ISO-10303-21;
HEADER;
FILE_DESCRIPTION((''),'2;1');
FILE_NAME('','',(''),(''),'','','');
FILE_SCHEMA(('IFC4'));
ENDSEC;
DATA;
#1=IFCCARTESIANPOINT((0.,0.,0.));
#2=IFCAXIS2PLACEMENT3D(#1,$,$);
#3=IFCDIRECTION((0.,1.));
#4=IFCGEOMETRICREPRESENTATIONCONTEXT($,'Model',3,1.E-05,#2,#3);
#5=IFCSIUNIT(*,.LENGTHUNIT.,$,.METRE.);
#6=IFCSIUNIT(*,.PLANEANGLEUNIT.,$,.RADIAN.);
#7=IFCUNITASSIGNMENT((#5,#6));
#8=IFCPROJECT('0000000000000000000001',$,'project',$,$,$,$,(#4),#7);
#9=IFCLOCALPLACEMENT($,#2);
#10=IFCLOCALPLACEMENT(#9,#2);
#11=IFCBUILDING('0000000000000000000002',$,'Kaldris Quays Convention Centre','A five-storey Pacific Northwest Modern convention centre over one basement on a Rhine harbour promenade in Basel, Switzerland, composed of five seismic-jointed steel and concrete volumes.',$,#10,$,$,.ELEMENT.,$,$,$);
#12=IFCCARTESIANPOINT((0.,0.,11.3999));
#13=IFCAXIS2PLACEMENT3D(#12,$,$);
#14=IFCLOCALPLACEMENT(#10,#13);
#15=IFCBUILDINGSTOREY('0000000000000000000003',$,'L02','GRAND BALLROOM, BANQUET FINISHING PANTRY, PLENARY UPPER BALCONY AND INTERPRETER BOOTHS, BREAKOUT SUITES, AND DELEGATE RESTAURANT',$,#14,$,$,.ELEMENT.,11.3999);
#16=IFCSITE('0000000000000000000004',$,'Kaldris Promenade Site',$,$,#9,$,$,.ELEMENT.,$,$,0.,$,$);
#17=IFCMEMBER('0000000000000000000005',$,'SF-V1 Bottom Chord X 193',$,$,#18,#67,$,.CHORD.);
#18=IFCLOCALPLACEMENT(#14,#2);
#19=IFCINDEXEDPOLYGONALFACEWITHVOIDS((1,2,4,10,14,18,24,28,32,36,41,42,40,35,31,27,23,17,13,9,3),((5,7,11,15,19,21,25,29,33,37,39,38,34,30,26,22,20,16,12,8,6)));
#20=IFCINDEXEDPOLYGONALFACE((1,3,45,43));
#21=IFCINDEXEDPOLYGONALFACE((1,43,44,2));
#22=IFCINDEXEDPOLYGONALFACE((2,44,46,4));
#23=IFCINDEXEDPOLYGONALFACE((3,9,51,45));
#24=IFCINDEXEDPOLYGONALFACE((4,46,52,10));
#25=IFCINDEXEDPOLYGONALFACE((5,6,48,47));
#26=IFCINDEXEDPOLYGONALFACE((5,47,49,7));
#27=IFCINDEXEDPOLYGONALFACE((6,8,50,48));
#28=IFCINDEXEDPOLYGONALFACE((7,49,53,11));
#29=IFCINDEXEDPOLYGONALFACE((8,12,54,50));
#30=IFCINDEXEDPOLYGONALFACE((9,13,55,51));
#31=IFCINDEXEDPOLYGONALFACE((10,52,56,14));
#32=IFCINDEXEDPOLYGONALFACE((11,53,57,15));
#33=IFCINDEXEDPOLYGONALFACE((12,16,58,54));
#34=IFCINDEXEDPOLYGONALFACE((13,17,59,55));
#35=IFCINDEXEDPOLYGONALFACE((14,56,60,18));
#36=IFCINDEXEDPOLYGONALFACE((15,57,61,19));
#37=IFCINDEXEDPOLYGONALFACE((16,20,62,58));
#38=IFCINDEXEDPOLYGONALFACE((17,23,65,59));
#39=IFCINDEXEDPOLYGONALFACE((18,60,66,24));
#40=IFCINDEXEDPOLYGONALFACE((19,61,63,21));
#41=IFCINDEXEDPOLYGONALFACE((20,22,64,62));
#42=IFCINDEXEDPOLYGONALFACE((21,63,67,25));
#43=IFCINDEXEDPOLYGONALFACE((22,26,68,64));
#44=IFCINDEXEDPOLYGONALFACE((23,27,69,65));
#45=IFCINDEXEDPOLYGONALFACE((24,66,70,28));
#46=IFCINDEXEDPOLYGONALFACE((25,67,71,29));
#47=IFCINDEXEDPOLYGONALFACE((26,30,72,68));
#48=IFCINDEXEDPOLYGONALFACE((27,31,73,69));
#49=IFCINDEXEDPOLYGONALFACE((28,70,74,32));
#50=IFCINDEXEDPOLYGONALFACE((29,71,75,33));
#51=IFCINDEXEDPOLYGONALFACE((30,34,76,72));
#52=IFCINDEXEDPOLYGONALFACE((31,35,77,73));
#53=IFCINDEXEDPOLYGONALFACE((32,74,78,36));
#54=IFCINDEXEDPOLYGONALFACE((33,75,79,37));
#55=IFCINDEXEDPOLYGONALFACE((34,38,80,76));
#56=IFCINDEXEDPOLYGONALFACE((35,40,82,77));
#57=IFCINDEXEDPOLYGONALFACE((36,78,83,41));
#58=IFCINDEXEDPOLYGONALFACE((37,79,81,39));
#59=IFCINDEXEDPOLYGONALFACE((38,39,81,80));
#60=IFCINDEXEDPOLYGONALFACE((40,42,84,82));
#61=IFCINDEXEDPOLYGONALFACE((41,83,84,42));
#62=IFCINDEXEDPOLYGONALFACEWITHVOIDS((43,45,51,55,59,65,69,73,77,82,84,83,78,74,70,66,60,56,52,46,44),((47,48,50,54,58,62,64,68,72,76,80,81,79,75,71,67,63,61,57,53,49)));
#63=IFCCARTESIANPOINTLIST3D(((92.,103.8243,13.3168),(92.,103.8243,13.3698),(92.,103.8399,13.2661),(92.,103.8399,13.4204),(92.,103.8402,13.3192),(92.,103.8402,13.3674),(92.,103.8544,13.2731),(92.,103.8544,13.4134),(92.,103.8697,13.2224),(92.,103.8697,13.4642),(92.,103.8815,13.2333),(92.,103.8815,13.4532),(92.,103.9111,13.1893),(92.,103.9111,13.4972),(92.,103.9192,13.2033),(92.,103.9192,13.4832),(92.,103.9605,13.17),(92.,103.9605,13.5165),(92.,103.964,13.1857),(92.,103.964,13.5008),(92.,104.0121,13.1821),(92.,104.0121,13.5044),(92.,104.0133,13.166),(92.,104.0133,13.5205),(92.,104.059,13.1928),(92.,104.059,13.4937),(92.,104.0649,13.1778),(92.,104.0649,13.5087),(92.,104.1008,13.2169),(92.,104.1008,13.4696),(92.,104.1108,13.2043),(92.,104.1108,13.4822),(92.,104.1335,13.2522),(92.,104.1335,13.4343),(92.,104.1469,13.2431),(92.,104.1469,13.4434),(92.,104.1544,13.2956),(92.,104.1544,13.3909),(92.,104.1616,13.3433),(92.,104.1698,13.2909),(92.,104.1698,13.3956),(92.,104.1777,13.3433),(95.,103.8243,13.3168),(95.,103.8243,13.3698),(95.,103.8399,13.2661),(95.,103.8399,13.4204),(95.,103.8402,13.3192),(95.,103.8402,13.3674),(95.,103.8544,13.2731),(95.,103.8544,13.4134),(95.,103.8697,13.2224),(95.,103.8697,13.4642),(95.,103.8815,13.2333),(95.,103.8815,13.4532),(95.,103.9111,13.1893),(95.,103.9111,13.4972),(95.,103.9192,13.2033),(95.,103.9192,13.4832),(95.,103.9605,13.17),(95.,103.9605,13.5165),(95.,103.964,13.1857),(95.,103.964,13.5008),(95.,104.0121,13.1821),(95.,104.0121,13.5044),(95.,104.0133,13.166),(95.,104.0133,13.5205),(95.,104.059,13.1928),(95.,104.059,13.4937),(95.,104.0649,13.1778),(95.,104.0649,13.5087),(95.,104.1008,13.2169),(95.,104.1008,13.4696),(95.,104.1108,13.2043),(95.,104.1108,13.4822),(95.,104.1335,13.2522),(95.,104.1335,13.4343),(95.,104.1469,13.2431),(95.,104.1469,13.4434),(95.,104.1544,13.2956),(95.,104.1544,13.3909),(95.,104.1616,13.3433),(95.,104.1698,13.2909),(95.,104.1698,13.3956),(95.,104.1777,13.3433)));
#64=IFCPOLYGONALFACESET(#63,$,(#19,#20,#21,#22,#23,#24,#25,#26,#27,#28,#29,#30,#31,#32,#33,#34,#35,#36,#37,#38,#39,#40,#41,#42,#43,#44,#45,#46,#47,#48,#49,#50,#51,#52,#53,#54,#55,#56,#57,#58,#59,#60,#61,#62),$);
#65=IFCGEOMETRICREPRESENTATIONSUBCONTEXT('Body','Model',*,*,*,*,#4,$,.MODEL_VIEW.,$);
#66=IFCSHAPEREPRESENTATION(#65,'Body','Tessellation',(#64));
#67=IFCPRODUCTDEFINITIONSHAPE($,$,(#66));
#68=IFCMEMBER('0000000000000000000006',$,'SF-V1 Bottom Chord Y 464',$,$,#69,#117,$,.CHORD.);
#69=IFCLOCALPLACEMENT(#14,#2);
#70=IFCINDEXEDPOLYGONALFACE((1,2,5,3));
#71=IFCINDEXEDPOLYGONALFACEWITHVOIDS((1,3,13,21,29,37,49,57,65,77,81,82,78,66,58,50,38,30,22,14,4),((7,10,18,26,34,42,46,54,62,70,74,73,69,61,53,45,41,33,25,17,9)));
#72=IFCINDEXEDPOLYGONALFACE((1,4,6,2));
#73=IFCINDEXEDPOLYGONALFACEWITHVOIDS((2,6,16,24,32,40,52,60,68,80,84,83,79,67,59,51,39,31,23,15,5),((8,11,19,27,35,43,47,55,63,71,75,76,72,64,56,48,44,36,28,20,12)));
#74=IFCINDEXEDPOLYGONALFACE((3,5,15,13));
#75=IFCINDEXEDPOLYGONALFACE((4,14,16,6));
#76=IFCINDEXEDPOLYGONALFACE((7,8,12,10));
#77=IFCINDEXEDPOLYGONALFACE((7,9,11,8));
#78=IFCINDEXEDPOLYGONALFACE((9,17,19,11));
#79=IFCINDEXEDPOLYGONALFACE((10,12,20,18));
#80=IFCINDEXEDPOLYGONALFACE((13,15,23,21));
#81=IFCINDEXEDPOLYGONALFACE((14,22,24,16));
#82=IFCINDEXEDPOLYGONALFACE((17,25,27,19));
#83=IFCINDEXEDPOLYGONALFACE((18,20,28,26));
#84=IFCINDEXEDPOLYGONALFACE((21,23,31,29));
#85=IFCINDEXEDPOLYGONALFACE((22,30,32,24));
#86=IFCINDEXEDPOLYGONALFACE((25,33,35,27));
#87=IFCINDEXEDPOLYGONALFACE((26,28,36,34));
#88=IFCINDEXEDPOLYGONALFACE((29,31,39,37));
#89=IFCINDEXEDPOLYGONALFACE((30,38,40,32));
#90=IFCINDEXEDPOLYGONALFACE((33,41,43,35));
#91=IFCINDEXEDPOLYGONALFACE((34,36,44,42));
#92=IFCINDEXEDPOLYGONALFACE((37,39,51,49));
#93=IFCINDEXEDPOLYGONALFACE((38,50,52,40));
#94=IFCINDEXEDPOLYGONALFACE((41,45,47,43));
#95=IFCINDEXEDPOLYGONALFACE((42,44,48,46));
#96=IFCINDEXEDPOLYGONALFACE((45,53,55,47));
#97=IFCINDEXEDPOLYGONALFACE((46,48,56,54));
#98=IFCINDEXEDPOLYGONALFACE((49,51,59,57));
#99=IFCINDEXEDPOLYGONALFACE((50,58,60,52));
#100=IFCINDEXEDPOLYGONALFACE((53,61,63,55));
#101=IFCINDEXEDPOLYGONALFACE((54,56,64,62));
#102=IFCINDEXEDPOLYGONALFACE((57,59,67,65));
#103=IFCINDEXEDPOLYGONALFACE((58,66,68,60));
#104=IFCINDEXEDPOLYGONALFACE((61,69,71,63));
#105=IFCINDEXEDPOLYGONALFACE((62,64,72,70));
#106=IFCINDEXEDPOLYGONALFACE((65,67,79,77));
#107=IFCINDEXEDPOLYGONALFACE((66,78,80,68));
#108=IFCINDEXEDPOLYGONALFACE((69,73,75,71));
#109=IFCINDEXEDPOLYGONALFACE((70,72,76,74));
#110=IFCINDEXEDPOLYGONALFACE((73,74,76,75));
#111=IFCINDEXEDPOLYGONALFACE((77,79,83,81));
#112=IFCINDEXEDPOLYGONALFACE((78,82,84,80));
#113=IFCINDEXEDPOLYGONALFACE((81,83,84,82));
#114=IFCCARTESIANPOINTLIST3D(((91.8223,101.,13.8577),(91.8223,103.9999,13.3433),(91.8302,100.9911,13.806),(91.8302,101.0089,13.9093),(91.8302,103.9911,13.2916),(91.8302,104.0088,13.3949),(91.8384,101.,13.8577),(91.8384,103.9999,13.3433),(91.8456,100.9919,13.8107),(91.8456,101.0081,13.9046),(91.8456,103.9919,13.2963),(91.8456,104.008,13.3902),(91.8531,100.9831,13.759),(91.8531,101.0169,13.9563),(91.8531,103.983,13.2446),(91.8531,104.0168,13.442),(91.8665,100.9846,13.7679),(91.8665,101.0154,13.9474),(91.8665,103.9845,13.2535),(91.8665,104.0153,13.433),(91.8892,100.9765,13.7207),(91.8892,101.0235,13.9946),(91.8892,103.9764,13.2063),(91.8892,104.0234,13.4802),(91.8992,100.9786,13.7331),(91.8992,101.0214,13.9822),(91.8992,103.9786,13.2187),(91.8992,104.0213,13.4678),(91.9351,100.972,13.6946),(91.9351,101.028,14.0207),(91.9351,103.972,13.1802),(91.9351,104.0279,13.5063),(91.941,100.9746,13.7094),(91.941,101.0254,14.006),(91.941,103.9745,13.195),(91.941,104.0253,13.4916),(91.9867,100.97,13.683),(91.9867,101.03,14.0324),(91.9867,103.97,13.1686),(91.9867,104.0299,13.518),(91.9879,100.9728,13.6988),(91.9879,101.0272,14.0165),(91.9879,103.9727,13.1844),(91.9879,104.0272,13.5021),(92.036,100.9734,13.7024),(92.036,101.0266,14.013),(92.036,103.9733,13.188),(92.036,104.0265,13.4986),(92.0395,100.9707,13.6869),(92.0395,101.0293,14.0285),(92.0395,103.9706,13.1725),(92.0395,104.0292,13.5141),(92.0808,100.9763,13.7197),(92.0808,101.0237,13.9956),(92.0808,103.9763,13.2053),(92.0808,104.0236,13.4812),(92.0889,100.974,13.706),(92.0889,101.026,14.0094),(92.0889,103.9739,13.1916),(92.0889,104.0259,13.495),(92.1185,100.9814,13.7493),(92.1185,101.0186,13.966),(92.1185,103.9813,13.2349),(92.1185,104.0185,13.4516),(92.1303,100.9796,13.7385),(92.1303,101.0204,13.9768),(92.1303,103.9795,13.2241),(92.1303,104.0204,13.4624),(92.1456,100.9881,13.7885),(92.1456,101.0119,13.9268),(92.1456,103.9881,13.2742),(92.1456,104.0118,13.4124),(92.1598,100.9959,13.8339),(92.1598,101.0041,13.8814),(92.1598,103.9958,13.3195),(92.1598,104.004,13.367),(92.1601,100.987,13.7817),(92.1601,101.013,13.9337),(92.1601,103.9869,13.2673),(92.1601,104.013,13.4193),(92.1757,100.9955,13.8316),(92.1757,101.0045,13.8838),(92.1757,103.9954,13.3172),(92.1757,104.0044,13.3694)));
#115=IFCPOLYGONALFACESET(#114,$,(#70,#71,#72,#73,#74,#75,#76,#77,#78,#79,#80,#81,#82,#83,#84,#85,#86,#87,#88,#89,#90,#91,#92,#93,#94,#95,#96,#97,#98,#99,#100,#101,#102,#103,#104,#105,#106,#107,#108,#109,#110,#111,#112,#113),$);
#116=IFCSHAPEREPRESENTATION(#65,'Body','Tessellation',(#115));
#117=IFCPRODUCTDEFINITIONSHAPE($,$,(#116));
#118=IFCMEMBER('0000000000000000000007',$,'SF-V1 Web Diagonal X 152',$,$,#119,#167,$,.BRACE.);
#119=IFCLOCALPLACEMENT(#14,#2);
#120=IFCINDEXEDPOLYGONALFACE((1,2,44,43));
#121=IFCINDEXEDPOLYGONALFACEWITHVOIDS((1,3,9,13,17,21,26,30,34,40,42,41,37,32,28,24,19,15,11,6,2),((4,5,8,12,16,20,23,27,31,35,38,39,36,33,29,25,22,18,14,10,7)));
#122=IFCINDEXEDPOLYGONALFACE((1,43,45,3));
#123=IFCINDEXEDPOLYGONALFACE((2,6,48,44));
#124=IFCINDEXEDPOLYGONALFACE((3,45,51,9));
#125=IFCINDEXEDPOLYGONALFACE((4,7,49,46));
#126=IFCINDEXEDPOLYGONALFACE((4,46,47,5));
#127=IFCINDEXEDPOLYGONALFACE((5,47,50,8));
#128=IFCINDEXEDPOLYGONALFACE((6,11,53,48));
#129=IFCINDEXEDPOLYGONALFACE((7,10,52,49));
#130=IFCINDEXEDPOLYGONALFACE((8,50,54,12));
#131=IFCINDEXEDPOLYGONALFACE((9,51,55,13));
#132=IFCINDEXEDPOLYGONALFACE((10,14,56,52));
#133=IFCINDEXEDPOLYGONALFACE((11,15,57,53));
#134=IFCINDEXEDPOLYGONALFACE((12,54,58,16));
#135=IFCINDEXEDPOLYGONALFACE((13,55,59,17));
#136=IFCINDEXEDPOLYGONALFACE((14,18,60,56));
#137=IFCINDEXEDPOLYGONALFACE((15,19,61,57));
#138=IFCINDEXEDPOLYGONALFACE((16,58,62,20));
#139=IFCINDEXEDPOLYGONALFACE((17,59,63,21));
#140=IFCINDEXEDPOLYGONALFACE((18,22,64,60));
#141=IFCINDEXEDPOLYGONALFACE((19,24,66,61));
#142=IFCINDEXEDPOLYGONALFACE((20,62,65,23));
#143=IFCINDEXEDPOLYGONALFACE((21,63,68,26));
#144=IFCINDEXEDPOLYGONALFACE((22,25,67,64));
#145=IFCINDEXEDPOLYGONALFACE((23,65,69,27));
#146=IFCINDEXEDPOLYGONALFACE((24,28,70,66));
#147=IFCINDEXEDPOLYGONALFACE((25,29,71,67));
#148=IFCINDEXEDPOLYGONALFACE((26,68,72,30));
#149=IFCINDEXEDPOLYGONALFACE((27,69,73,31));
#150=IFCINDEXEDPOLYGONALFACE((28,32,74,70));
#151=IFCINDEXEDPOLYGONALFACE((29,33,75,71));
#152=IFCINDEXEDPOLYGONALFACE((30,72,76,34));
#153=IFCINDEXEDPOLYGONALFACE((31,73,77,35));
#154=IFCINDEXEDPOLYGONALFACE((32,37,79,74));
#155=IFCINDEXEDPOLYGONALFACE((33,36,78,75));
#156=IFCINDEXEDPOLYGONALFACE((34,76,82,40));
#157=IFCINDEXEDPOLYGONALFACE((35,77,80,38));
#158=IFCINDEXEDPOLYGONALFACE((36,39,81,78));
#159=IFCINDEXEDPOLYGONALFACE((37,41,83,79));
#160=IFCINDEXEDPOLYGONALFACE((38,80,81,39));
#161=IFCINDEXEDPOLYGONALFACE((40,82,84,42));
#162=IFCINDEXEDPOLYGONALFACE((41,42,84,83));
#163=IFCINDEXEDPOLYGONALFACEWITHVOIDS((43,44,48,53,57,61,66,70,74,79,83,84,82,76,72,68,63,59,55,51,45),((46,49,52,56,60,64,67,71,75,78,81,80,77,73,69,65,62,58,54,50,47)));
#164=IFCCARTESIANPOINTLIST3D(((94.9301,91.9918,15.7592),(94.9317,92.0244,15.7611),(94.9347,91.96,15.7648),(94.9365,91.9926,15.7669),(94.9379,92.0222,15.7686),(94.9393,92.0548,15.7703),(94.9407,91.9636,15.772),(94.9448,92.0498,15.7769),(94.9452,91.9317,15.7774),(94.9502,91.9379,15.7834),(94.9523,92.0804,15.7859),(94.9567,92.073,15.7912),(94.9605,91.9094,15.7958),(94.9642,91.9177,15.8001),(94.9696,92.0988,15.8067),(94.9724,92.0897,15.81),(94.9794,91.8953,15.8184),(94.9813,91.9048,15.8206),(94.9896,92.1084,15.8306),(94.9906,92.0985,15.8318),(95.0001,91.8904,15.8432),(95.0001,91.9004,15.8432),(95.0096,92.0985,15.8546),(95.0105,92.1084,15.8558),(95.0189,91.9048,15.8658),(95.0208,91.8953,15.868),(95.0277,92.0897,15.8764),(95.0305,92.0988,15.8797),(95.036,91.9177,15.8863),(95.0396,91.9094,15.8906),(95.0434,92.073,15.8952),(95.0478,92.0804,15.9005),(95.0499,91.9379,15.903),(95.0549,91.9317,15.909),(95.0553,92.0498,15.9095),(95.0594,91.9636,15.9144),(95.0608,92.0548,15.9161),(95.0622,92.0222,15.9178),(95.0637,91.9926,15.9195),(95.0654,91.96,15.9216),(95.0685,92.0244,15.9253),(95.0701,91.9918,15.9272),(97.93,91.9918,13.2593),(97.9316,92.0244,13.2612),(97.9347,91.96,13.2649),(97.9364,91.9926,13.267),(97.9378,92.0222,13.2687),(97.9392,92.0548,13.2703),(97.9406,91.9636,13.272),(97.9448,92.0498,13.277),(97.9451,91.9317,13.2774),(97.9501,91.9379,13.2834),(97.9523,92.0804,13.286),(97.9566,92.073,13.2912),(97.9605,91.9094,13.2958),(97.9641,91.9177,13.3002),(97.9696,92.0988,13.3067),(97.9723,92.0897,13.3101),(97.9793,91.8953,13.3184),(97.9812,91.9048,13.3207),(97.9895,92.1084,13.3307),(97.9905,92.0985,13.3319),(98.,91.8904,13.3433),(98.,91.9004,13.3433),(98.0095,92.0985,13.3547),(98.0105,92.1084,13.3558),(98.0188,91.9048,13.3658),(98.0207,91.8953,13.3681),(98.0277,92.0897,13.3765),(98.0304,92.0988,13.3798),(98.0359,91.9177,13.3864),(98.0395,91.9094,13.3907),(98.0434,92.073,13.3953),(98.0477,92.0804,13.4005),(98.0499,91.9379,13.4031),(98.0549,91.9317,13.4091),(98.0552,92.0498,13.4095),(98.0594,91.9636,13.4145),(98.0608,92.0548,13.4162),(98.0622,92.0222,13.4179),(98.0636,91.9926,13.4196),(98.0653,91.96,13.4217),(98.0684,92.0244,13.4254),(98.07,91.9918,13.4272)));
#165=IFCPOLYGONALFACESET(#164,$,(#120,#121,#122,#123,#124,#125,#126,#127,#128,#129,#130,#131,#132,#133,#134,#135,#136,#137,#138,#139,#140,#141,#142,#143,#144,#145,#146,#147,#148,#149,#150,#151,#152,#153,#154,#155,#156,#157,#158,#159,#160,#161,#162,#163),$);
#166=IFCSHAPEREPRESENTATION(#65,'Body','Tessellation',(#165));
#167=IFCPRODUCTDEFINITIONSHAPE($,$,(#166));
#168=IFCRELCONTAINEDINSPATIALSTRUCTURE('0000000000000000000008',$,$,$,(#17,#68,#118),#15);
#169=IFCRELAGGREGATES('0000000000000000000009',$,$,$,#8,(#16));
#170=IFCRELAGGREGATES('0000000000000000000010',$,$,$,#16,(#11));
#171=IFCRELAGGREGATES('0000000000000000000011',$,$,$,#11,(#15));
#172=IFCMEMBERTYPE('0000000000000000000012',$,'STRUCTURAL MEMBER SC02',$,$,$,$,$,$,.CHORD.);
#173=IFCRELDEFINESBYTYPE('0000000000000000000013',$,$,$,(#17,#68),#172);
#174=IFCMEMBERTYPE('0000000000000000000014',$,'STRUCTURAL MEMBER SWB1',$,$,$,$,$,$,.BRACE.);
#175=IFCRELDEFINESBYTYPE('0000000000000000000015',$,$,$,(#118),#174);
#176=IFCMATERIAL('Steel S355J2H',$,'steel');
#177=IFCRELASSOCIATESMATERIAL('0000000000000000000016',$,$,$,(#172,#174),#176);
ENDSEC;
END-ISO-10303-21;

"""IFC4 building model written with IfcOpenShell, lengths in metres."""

from ifc_helpers import new_model, si_unit, direction, frame, origin, origin_2d, place, context, subcontext, project, spatial, hollow_circle, extrude, material, material_profile, profile_set, type_object, element, save


model = new_model("IFC4")

# Units and contexts
model_context = context("Model", 3, precision=1e-05, world=origin(), true_north=direction((0.0, 1.0)))
body_context = subcontext(model_context, "Body", "Model", "MODEL_VIEW")
ifc_project = project(units=[si_unit("LENGTHUNIT", "METRE"), si_unit("PLANEANGLEUNIT", "RADIAN")], contexts=[model_context])

# Site, building, storey
site_placement = place(None, origin())
site = spatial("IfcSite", under=ifc_project, at=site_placement, Name="Kaldris Promenade Site", CompositionType="ELEMENT", RefElevation=0.0)
building_placement = place(site_placement, origin())
building = spatial("IfcBuilding", under=site, at=building_placement, Name="Kaldris Quays Convention Centre", Description="A five-storey Pacific Northwest Modern convention centre over one basement on a Rhine harbour promenade in Basel, Switzerland, composed of five seismic-jointed steel and concrete volumes.", CompositionType="ELEMENT")
storey_placement = place(building_placement, frame((0.0, 0.0, 11.3999)))
storey = spatial("IfcBuildingStorey", under=building, at=storey_placement, Name="L02", Description="GRAND BALLROOM, BANQUET FINISHING PANTRY, PLENARY UPPER BALCONY AND INTERPRETER BOOTHS, BREAKOUT SUITES, AND DELEGATE RESTAURANT", CompositionType="ELEMENT", Elevation=11.3999)

# Members
ifc_material_1 = material(Name="Steel S355J2H", Category="steel")
ifc_material_profile_1 = material_profile(ifc_material_1, hollow_circle(Radius=0.1777, WallThickness=0.0161, at=origin_2d()), Name="CHS 355.6x16")
ifc_profile_set_1 = profile_set([ifc_material_profile_1], Name="Steel S355J2H")
member_type_1 = type_object("IfcMemberType", Name="STRUCTURAL MEMBER SC02", PredefinedType="CHORD", material=ifc_profile_set_1)
for number, where, z_axis, x_axis, name in (
    (1, (92.0, 104.0, 13.3433), (1.0, 0.0, 0.0), (0.0, 1.0, 0.0), "SF-V1 Bottom Chord X 193"),
):
    element("IfcMember", number, at=place(storey_placement, frame(where, z_axis=z_axis, x_axis=x_axis)), inside=storey, type_object=member_type_1, Name=name, PredefinedType="CHORD", context=body_context, shape_type="SweptSolid", body=[
        extrude(hollow_circle(Radius=0.1777, WallThickness=0.0161, at=origin_2d()), origin(), (0.0, 0.0, 1.0), 3.0),
    ])
member_1_placement = place(storey_placement, frame((92.0, 101.0, 13.8577), z_axis=(0.0, 0.985616, -0.169002), x_axis=(-1.0, 0.0, 0.0)))
element("IfcMember", 2, at=member_1_placement, inside=storey, type_object=member_type_1, Name="SF-V1 Bottom Chord Y 464", PredefinedType="CHORD", context=body_context, shape_type="SweptSolid", body=[
    extrude(hollow_circle(Radius=0.1777, WallThickness=0.0161, at=origin_2d()), origin(), (0.0, 0.0, 1.0), 3.0437),
])
ifc_material_profile_2 = material_profile(ifc_material_1, hollow_circle(Radius=0.1096, WallThickness=0.01, at=origin_2d()), Name="CHS 219.1x10")
ifc_profile_set_2 = profile_set([ifc_material_profile_2], Name="Steel S355J2H")
member_type_2 = type_object("IfcMemberType", Name="STRUCTURAL MEMBER SWB1", PredefinedType="BRACE", material=ifc_profile_set_2)
for number, where, z_axis, x_axis, name in (
    (3, (98.0, 92.0, 13.3433), (-0.768221, 0.0, 0.640184), (0.0, -1.0, 0.0), "SF-V1 Web Diagonal X 152"),
):
    element("IfcMember", number, at=place(storey_placement, frame(where, z_axis=z_axis, x_axis=x_axis)), inside=storey, type_object=member_type_2, Name=name, PredefinedType="BRACE", context=body_context, shape_type="SweptSolid", body=[
        extrude(hollow_circle(Radius=0.1096, WallThickness=0.01, at=origin_2d()), origin(), (0.0, 0.0, 1.0), 3.905),
    ])

save(model, "model.ifc")
